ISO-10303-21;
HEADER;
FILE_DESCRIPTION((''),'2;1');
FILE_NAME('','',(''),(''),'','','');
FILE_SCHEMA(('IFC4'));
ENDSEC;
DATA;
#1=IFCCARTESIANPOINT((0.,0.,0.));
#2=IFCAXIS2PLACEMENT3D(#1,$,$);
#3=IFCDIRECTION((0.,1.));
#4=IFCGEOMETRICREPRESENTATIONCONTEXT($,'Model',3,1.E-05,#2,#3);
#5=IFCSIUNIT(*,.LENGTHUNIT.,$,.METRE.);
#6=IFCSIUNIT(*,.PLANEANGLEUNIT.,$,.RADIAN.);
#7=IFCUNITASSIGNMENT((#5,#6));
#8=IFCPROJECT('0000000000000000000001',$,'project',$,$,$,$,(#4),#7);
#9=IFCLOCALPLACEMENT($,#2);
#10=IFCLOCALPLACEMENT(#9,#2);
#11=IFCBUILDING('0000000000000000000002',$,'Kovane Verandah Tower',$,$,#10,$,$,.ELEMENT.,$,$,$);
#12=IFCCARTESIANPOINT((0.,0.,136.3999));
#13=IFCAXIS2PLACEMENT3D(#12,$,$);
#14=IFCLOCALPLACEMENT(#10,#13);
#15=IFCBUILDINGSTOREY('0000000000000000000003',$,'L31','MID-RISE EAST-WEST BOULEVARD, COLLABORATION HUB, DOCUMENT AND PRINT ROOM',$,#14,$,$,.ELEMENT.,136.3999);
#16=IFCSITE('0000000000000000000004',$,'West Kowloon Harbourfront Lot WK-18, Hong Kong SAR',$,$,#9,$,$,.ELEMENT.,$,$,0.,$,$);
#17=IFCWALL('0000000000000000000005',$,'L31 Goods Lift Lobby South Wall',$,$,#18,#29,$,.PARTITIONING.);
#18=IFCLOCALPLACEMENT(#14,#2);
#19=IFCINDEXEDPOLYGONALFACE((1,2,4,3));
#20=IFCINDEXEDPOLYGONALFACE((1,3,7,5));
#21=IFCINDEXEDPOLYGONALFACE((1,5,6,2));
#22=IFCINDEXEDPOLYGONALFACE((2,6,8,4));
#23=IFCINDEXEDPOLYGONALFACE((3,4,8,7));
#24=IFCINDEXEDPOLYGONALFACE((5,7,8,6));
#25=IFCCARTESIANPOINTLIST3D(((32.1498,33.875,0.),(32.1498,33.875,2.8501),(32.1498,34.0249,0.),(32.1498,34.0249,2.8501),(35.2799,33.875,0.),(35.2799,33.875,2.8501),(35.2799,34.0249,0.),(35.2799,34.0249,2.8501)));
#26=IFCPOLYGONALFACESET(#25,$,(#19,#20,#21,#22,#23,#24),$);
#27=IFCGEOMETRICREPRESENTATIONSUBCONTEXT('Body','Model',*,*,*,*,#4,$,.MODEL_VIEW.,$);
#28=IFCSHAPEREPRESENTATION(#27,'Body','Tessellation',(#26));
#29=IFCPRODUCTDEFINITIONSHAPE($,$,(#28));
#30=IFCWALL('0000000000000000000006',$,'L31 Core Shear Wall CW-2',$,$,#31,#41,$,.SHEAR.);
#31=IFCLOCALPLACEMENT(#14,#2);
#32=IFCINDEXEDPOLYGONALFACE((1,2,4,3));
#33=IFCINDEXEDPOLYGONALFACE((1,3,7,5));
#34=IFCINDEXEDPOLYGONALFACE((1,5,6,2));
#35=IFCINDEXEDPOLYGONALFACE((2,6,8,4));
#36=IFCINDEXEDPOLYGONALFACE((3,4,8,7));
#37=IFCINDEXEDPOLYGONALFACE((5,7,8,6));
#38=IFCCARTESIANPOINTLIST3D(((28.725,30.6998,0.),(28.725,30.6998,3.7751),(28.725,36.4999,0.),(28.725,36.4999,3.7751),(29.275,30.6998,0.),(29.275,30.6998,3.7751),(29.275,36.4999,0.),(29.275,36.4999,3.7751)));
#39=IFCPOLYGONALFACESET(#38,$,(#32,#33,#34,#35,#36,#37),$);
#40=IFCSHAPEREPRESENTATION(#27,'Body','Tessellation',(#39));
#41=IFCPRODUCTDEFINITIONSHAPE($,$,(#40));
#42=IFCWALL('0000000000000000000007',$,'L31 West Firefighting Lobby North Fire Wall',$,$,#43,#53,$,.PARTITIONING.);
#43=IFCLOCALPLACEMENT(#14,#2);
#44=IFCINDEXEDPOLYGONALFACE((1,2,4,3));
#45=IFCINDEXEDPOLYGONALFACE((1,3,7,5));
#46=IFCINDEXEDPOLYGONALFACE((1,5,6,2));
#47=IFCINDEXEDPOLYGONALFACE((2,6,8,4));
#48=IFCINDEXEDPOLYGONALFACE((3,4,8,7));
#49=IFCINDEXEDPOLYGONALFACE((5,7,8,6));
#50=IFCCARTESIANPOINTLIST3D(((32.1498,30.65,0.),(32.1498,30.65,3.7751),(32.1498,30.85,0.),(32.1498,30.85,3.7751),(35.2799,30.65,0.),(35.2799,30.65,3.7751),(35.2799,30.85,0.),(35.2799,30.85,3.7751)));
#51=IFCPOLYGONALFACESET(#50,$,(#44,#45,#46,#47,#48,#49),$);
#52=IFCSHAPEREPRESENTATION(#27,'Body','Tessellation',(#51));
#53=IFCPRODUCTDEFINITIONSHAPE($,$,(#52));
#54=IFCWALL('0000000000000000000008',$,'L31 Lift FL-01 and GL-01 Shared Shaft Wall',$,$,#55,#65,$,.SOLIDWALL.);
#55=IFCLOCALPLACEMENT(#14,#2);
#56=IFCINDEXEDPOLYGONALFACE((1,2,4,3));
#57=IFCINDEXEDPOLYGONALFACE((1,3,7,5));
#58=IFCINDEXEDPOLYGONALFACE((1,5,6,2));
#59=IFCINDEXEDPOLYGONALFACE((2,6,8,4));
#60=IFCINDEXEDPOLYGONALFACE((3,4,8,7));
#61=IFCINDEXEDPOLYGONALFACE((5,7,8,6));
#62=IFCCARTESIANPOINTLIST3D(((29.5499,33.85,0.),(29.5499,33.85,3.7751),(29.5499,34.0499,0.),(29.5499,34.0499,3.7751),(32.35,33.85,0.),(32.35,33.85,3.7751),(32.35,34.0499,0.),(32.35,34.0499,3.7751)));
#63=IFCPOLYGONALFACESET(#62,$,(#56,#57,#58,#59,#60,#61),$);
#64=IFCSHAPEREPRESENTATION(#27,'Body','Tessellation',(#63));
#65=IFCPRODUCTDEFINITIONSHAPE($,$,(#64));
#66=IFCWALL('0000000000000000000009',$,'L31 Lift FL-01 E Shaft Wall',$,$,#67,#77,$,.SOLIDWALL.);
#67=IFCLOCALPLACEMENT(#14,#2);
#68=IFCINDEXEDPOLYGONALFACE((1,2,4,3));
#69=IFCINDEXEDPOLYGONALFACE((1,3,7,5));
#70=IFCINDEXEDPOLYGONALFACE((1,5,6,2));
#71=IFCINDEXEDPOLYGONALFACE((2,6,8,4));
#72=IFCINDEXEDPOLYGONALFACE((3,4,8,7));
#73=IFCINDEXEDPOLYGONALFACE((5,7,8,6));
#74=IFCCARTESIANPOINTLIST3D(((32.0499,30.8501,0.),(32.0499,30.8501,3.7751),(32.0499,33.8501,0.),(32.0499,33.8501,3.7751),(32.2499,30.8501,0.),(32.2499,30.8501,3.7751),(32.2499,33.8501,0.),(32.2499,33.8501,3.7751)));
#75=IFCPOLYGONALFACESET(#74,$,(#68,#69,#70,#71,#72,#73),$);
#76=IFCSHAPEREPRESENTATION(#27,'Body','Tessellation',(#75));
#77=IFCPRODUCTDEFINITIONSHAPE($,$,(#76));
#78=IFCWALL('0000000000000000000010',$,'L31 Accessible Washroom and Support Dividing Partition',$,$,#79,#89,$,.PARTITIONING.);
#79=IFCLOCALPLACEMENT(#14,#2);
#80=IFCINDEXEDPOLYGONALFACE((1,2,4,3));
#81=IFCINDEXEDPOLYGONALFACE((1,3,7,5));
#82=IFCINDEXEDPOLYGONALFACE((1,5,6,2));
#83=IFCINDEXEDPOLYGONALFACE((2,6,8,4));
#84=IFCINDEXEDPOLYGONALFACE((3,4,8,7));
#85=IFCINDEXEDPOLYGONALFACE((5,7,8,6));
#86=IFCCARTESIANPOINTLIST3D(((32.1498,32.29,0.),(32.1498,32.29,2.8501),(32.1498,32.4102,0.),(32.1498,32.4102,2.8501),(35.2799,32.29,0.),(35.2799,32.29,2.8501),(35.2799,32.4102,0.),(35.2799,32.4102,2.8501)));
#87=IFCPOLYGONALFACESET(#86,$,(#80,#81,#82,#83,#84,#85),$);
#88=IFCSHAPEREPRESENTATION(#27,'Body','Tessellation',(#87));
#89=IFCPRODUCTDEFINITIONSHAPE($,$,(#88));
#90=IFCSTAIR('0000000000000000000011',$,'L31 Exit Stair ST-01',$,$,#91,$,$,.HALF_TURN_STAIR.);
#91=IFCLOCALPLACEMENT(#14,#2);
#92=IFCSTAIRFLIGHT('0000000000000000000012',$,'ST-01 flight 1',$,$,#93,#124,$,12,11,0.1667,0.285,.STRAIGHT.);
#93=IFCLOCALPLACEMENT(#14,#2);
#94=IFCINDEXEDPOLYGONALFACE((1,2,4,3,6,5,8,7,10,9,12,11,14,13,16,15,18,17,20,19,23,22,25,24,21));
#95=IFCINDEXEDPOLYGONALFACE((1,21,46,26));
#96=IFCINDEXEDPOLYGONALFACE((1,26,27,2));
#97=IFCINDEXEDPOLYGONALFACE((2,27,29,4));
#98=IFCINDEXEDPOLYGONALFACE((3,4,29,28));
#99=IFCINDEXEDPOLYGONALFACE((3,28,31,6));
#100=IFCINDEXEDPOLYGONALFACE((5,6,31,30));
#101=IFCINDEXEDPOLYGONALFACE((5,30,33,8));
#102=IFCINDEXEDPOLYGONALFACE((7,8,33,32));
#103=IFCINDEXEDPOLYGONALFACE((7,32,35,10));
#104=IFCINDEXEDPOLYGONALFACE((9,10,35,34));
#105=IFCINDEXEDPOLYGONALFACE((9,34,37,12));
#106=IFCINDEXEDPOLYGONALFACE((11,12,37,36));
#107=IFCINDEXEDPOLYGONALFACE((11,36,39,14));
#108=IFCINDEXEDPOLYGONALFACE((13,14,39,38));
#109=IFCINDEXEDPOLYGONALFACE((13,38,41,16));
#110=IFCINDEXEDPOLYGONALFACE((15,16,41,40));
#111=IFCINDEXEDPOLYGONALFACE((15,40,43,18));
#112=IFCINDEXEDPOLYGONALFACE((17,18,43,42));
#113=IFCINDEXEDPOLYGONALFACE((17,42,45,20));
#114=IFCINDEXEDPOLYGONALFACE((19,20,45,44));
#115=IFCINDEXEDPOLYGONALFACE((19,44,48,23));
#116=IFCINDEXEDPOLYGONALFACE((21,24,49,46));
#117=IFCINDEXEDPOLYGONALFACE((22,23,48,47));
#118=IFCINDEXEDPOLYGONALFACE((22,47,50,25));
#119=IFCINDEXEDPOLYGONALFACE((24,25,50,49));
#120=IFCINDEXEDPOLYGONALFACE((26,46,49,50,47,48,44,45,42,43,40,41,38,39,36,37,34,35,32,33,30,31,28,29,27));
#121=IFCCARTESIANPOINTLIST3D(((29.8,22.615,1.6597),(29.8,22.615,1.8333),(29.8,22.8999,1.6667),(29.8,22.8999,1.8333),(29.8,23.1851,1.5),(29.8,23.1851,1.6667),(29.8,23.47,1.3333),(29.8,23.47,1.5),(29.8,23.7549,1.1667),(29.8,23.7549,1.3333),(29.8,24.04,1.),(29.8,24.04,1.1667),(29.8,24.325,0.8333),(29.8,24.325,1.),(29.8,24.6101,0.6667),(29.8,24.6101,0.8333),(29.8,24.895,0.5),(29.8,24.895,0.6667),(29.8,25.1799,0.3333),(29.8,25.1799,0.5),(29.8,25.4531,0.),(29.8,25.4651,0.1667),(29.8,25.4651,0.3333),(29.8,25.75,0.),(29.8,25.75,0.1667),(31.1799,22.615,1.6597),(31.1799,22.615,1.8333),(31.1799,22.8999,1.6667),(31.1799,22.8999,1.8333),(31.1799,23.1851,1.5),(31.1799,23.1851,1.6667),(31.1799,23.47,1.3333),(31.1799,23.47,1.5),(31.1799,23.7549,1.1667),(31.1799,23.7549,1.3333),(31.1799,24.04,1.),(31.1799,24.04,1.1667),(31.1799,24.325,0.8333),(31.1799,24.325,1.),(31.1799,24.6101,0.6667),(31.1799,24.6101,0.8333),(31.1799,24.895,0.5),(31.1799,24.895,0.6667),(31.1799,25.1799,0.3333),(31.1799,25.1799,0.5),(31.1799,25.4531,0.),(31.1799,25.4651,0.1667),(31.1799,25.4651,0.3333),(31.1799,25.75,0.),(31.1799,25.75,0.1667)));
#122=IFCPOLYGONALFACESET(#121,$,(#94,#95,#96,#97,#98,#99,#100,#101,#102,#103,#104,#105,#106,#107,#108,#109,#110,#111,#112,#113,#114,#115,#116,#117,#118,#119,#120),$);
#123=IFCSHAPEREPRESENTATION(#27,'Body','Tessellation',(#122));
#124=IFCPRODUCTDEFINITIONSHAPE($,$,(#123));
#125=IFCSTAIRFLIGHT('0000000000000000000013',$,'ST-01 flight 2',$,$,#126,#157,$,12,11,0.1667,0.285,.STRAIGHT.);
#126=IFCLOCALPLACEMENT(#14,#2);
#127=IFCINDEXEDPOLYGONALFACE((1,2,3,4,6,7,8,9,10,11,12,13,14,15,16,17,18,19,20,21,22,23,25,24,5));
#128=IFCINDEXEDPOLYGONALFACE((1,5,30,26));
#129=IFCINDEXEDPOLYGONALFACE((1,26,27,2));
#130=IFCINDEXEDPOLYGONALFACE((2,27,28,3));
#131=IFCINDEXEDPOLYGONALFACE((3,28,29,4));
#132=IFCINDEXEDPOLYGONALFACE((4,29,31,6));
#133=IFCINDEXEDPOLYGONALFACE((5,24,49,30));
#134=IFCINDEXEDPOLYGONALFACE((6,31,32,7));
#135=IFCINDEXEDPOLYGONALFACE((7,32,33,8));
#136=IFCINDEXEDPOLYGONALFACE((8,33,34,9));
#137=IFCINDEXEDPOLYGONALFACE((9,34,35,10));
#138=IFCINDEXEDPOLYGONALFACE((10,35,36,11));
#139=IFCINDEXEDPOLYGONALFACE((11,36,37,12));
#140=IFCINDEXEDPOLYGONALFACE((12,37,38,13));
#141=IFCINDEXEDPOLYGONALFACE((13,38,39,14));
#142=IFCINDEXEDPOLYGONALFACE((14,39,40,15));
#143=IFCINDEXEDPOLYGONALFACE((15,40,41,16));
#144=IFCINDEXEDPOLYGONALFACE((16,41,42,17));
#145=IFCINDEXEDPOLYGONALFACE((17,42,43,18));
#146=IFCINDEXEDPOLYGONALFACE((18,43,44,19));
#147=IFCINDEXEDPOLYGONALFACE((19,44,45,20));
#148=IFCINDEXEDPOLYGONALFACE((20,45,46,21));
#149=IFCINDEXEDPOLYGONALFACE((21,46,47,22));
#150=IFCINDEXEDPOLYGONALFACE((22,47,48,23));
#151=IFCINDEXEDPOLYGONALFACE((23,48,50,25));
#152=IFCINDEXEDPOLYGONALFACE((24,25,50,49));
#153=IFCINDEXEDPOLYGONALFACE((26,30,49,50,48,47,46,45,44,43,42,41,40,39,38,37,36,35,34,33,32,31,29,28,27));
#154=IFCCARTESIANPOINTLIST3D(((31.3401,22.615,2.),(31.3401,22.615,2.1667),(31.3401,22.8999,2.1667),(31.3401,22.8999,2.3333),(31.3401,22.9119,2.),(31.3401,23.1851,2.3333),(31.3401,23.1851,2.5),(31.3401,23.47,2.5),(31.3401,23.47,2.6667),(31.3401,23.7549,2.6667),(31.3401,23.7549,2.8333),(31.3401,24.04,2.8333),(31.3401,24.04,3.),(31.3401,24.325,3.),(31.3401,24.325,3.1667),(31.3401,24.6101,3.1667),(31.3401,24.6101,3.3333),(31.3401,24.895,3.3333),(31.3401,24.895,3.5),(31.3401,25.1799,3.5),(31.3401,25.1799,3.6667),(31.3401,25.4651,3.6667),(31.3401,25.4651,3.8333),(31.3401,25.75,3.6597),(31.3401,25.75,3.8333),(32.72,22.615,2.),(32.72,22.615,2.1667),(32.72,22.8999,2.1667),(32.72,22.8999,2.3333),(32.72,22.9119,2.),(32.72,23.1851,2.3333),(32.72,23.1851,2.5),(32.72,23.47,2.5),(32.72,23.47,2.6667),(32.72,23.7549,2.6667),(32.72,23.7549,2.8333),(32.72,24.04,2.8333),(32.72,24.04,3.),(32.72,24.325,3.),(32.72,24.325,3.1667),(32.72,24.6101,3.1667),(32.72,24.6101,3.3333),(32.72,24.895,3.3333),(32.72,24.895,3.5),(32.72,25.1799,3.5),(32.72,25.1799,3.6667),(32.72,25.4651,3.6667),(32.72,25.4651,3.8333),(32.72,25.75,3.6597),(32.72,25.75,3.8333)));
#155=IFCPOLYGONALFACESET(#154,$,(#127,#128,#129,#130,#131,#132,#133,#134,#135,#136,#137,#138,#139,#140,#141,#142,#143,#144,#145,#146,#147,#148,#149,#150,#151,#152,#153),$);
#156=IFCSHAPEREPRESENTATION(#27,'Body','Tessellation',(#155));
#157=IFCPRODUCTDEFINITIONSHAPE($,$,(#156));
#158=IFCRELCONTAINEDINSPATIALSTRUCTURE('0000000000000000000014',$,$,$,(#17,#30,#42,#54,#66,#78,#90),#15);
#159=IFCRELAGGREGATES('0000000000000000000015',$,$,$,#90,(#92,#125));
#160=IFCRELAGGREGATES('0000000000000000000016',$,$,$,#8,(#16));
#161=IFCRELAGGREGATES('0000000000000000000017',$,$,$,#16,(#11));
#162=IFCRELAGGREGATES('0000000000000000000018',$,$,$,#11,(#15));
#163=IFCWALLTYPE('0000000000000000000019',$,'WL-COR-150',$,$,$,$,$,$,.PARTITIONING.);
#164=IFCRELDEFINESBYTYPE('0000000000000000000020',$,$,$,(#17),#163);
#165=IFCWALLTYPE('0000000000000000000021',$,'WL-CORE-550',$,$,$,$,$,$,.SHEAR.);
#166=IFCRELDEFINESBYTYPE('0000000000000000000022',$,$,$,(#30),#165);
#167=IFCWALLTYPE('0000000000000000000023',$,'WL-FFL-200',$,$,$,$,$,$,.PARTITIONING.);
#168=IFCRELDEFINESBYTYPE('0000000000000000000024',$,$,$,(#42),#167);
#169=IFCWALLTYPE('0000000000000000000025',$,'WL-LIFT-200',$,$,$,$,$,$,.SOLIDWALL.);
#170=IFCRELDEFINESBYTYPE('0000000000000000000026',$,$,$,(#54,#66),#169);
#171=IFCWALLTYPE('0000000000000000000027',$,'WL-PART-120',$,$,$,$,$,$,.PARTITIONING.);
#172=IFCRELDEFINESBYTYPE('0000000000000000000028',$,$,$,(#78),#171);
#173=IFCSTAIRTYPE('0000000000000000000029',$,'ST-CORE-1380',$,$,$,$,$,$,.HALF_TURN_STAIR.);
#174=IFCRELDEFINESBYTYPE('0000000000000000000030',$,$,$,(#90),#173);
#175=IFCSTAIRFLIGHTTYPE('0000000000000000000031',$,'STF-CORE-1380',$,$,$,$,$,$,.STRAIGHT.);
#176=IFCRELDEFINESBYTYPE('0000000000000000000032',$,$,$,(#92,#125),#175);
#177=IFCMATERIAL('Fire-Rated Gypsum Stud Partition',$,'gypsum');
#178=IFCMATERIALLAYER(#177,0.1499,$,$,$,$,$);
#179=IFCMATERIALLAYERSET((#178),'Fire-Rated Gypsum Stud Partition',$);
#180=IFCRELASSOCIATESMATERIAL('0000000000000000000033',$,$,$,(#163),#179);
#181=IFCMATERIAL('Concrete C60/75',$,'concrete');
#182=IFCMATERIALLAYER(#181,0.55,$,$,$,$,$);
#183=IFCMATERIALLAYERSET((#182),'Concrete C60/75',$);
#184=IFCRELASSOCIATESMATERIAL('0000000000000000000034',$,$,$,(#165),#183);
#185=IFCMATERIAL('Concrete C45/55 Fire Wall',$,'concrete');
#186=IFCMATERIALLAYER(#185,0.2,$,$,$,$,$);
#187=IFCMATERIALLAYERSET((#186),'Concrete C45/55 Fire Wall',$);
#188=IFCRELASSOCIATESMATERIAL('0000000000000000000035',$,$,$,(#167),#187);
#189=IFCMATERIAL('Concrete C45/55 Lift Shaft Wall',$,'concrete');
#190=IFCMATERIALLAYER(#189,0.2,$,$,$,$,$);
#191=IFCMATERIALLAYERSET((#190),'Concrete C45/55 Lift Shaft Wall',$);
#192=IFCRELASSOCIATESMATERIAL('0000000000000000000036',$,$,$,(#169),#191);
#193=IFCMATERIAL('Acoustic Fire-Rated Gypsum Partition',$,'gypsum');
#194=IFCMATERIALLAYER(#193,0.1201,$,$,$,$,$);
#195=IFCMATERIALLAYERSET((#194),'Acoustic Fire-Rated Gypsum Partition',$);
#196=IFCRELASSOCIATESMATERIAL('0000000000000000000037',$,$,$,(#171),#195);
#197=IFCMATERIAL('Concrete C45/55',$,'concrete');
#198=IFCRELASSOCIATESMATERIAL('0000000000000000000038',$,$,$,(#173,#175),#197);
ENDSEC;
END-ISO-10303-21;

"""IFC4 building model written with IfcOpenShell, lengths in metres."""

from ifc_helpers import new_model, si_unit, direction, frame, frame_2d, origin, place, context, subcontext, project, spatial, polyline, rectangle, outline, extrude, material, layer, layer_set, type_object, element, aggregate, save


model = new_model("IFC4")

# Units and contexts
model_context = context("Model", 3, precision=1e-05, world=origin(), true_north=direction((0.0, 1.0)))
body_context = subcontext(model_context, "Body", "Model", "MODEL_VIEW")
ifc_project = project(units=[si_unit("LENGTHUNIT", "METRE"), si_unit("PLANEANGLEUNIT", "RADIAN")], contexts=[model_context])

# Site, building, storey
site_placement = place(None, origin())
site = spatial("IfcSite", under=ifc_project, at=site_placement, Name="West Kowloon Harbourfront Lot WK-18, Hong Kong SAR", CompositionType="ELEMENT", RefElevation=0.0)
building_placement = place(site_placement, origin())
building = spatial("IfcBuilding", under=site, at=building_placement, Name="Kovane Verandah Tower", CompositionType="ELEMENT")
storey_placement = place(building_placement, frame((0.0, 0.0, 136.3999)))
storey = spatial("IfcBuildingStorey", under=building, at=storey_placement, Name="L31", Description="MID-RISE EAST-WEST BOULEVARD, COLLABORATION HUB, DOCUMENT AND PRINT ROOM", CompositionType="ELEMENT", Elevation=136.3999)

# Shared definitions
ifc_material_1 = material(Name="Concrete C60/75", Category="concrete")

# Walls
ifc_material_2 = material(Name="Fire-Rated Gypsum Stud Partition", Category="gypsum")
ifc_layer_1 = layer(ifc_material_2, 0.1499)
ifc_layer_set_1 = layer_set([ifc_layer_1], Name="Fire-Rated Gypsum Stud Partition")
wall_type_1 = type_object("IfcWallType", Name="WL-COR-150", PredefinedType="PARTITIONING", material=ifc_layer_set_1)
wall_1_placement = place(storey_placement, frame((32.1499, 33.95, 0.0), z_axis=(0.0, 0.0, 1.0), x_axis=(1.0, 0.0, 0.0)))
element("IfcWall", 1, at=wall_1_placement, inside=storey, type_object=wall_type_1, Name="L31 Goods Lift Lobby South Wall", PredefinedType="PARTITIONING", context=body_context, shape_type="SweptSolid", body=[
    extrude(rectangle(XDim=3.1301, YDim=0.1499, at=frame_2d((1.5649, 0.0))), origin(), (0.0, 0.0, 1.0), 2.8501),
])
ifc_layer_2 = layer(ifc_material_1, 0.55)
ifc_layer_set_2 = layer_set([ifc_layer_2], Name="Concrete C60/75")
wall_type_2 = type_object("IfcWallType", Name="WL-CORE-550", PredefinedType="SHEAR", material=ifc_layer_set_2)
wall_2_placement = place(storey_placement, frame((29.0, 30.7, 0.0), z_axis=(0.0, 0.0, 1.0), x_axis=(0.0, 1.0, 0.0)))
element("IfcWall", 2, at=wall_2_placement, inside=storey, type_object=wall_type_2, Name="L31 Core Shear Wall CW-2", PredefinedType="SHEAR", context=body_context, shape_type="SweptSolid", body=[
    extrude(rectangle(XDim=5.8, YDim=0.55, at=frame_2d((2.8999, 0.0))), origin(), (0.0, 0.0, 1.0), 3.7751),
])

# Shared definitions
ifc_material_3 = material(Name="Concrete C45/55 Fire Wall", Category="concrete")
ifc_layer_3 = layer(ifc_material_3, 0.2)
ifc_layer_set_3 = layer_set([ifc_layer_3], Name="Concrete C45/55 Fire Wall")
wall_type_3 = type_object("IfcWallType", Name="WL-FFL-200", PredefinedType="PARTITIONING", material=ifc_layer_set_3)

# Wall
wall_3_placement = place(storey_placement, frame((32.1499, 30.75, 0.0), z_axis=(0.0, 0.0, 1.0), x_axis=(1.0, 0.0, 0.0)))
element("IfcWall", 3, at=wall_3_placement, inside=storey, type_object=wall_type_3, Name="L31 West Firefighting Lobby North Fire Wall", PredefinedType="PARTITIONING", context=body_context, shape_type="SweptSolid", body=[
    extrude(rectangle(XDim=3.1301, YDim=0.2, at=frame_2d((1.5649, 0.0))), origin(), (0.0, 0.0, 1.0), 3.7751),
])

# Shared definitions
ifc_material_4 = material(Name="Concrete C45/55 Lift Shaft Wall", Category="concrete")
ifc_layer_4 = layer(ifc_material_4, 0.2)
ifc_layer_set_4 = layer_set([ifc_layer_4], Name="Concrete C45/55 Lift Shaft Wall")
wall_type_4 = type_object("IfcWallType", Name="WL-LIFT-200", PredefinedType="SOLIDWALL", material=ifc_layer_set_4)

# Walls
wall_4_placement = place(storey_placement, frame((29.55, 33.95, 0.0), z_axis=(0.0, 0.0, 1.0), x_axis=(1.0, 0.0, 0.0)))
element("IfcWall", 4, at=wall_4_placement, inside=storey, type_object=wall_type_4, Name="L31 Lift FL-01 and GL-01 Shared Shaft Wall", PredefinedType="SOLIDWALL", context=body_context, shape_type="SweptSolid", body=[
    extrude(rectangle(XDim=2.8, YDim=0.2, at=frame_2d((1.3999, 0.0))), origin(), (0.0, 0.0, 1.0), 3.7751),
])
wall_5_placement = place(storey_placement, frame((32.1499, 30.8501, 0.0), z_axis=(0.0, 0.0, 1.0), x_axis=(0.0, 1.0, 0.0)))
element("IfcWall", 5, at=wall_5_placement, inside=storey, type_object=wall_type_4, Name="L31 Lift FL-01 E Shaft Wall", PredefinedType="SOLIDWALL", context=body_context, shape_type="SweptSolid", body=[
    extrude(rectangle(XDim=3.0, YDim=0.2, at=frame_2d((1.5, 0.0))), origin(), (0.0, 0.0, 1.0), 3.7751),
])
ifc_material_5 = material(Name="Acoustic Fire-Rated Gypsum Partition", Category="gypsum")
ifc_layer_5 = layer(ifc_material_5, 0.1201)
ifc_layer_set_5 = layer_set([ifc_layer_5], Name="Acoustic Fire-Rated Gypsum Partition")
wall_type_5 = type_object("IfcWallType", Name="WL-PART-120", PredefinedType="PARTITIONING", material=ifc_layer_set_5)
wall_6_placement = place(storey_placement, frame((32.1499, 32.3501, 0.0), z_axis=(0.0, 0.0, 1.0), x_axis=(1.0, 0.0, 0.0)))
element("IfcWall", 6, at=wall_6_placement, inside=storey, type_object=wall_type_5, Name="L31 Accessible Washroom and Support Dividing Partition", PredefinedType="PARTITIONING", context=body_context, shape_type="SweptSolid", body=[
    extrude(rectangle(XDim=3.1301, YDim=0.1201, at=frame_2d((1.5649, 0.0))), origin(), (0.0, 0.0, 1.0), 2.8501),
])

# Shared definitions
ifc_material_6 = material(Name="Concrete C45/55", Category="concrete")

# Stair, stair flights
stair_type = type_object("IfcStairType", Name="ST-CORE-1380", PredefinedType="HALF_TURN_STAIR", material=ifc_material_6)
stair_placement = place(storey_placement, origin())
stair = element("IfcStair", 7, at=stair_placement, inside=storey, type_object=stair_type, Name="L31 Exit Stair ST-01", PredefinedType="HALF_TURN_STAIR")
stair_flight_type = type_object("IfcStairFlightType", Name="STF-CORE-1380", PredefinedType="STRAIGHT", material=ifc_material_6)
stair_flight_1_placement = place(storey_placement, frame((30.49, 25.75, 0.0), z_axis=(0.0, 0.0, 1.0), x_axis=(0.0, -1.0, 0.0)))
stair_flight_1 = element("IfcStairFlight", 8, at=stair_flight_1_placement, type_object=stair_flight_type, Name="ST-01 flight 1", NumberOfRisers=12, NumberOfTreads=11, PredefinedType="STRAIGHT", RiserHeight=0.1667, TreadLength=0.285, context=body_context, shape_type="SweptSolid", body=[
    extrude(outline(polyline([(0.0, 0.0), (0.0, 0.1667), (0.2849, 0.1667), (0.2849, 0.3333), (0.5701, 0.3333), (0.5701, 0.5), (0.855, 0.5), (0.855, 0.6667), (1.1399, 0.6667), (1.1399, 0.8333), (1.425, 0.8333), (1.425, 1.0), (1.71, 1.0), (1.71, 1.1667), (1.9951, 1.1667), (1.9951, 1.3333), (2.28, 1.3333), (2.28, 1.5), (2.5649, 1.5), (2.5649, 1.6667), (2.8501, 1.6667), (2.8501, 1.8333), (3.135, 1.8333), (3.135, 2.0), (3.135, 1.6597), (0.2969, 0.0), (0.0, 0.0)])), frame((0.0, 0.6899, 0.0), z_axis=(0.0, -1.0, 0.0), x_axis=(1.0, 0.0, 0.0)), (0.0, 0.0, 1.0), 1.3799),
])
stair_flight_2_placement = place(storey_placement, frame((32.03, 22.615, 2.0), z_axis=(0.0, 0.0, 1.0), x_axis=(0.0, 1.0, 0.0)))
stair_flight_2 = element("IfcStairFlight", 9, at=stair_flight_2_placement, type_object=stair_flight_type, Name="ST-01 flight 2", NumberOfRisers=12, NumberOfTreads=11, PredefinedType="STRAIGHT", RiserHeight=0.1667, TreadLength=0.285, context=body_context, shape_type="SweptSolid", body=[
    extrude(outline(polyline([(0.0, 0.0), (0.0, 0.1667), (0.2849, 0.1667), (0.2849, 0.3333), (0.5701, 0.3333), (0.5701, 0.5), (0.855, 0.5), (0.855, 0.6667), (1.1399, 0.6667), (1.1399, 0.8333), (1.425, 0.8333), (1.425, 1.0), (1.71, 1.0), (1.71, 1.1667), (1.9951, 1.1667), (1.9951, 1.3333), (2.28, 1.3333), (2.28, 1.5), (2.5649, 1.5), (2.5649, 1.6667), (2.8501, 1.6667), (2.8501, 1.8333), (3.135, 1.8333), (3.135, 2.0), (3.135, 1.6597), (0.2969, 0.0), (0.0, 0.0)])), frame((0.0, 0.6899, 0.0), z_axis=(0.0, -1.0, 0.0), x_axis=(1.0, 0.0, 0.0)), (0.0, 0.0, 1.0), 1.3799),
])
aggregate(stair, [stair_flight_1, stair_flight_2])

save(model, "model.ifc")
